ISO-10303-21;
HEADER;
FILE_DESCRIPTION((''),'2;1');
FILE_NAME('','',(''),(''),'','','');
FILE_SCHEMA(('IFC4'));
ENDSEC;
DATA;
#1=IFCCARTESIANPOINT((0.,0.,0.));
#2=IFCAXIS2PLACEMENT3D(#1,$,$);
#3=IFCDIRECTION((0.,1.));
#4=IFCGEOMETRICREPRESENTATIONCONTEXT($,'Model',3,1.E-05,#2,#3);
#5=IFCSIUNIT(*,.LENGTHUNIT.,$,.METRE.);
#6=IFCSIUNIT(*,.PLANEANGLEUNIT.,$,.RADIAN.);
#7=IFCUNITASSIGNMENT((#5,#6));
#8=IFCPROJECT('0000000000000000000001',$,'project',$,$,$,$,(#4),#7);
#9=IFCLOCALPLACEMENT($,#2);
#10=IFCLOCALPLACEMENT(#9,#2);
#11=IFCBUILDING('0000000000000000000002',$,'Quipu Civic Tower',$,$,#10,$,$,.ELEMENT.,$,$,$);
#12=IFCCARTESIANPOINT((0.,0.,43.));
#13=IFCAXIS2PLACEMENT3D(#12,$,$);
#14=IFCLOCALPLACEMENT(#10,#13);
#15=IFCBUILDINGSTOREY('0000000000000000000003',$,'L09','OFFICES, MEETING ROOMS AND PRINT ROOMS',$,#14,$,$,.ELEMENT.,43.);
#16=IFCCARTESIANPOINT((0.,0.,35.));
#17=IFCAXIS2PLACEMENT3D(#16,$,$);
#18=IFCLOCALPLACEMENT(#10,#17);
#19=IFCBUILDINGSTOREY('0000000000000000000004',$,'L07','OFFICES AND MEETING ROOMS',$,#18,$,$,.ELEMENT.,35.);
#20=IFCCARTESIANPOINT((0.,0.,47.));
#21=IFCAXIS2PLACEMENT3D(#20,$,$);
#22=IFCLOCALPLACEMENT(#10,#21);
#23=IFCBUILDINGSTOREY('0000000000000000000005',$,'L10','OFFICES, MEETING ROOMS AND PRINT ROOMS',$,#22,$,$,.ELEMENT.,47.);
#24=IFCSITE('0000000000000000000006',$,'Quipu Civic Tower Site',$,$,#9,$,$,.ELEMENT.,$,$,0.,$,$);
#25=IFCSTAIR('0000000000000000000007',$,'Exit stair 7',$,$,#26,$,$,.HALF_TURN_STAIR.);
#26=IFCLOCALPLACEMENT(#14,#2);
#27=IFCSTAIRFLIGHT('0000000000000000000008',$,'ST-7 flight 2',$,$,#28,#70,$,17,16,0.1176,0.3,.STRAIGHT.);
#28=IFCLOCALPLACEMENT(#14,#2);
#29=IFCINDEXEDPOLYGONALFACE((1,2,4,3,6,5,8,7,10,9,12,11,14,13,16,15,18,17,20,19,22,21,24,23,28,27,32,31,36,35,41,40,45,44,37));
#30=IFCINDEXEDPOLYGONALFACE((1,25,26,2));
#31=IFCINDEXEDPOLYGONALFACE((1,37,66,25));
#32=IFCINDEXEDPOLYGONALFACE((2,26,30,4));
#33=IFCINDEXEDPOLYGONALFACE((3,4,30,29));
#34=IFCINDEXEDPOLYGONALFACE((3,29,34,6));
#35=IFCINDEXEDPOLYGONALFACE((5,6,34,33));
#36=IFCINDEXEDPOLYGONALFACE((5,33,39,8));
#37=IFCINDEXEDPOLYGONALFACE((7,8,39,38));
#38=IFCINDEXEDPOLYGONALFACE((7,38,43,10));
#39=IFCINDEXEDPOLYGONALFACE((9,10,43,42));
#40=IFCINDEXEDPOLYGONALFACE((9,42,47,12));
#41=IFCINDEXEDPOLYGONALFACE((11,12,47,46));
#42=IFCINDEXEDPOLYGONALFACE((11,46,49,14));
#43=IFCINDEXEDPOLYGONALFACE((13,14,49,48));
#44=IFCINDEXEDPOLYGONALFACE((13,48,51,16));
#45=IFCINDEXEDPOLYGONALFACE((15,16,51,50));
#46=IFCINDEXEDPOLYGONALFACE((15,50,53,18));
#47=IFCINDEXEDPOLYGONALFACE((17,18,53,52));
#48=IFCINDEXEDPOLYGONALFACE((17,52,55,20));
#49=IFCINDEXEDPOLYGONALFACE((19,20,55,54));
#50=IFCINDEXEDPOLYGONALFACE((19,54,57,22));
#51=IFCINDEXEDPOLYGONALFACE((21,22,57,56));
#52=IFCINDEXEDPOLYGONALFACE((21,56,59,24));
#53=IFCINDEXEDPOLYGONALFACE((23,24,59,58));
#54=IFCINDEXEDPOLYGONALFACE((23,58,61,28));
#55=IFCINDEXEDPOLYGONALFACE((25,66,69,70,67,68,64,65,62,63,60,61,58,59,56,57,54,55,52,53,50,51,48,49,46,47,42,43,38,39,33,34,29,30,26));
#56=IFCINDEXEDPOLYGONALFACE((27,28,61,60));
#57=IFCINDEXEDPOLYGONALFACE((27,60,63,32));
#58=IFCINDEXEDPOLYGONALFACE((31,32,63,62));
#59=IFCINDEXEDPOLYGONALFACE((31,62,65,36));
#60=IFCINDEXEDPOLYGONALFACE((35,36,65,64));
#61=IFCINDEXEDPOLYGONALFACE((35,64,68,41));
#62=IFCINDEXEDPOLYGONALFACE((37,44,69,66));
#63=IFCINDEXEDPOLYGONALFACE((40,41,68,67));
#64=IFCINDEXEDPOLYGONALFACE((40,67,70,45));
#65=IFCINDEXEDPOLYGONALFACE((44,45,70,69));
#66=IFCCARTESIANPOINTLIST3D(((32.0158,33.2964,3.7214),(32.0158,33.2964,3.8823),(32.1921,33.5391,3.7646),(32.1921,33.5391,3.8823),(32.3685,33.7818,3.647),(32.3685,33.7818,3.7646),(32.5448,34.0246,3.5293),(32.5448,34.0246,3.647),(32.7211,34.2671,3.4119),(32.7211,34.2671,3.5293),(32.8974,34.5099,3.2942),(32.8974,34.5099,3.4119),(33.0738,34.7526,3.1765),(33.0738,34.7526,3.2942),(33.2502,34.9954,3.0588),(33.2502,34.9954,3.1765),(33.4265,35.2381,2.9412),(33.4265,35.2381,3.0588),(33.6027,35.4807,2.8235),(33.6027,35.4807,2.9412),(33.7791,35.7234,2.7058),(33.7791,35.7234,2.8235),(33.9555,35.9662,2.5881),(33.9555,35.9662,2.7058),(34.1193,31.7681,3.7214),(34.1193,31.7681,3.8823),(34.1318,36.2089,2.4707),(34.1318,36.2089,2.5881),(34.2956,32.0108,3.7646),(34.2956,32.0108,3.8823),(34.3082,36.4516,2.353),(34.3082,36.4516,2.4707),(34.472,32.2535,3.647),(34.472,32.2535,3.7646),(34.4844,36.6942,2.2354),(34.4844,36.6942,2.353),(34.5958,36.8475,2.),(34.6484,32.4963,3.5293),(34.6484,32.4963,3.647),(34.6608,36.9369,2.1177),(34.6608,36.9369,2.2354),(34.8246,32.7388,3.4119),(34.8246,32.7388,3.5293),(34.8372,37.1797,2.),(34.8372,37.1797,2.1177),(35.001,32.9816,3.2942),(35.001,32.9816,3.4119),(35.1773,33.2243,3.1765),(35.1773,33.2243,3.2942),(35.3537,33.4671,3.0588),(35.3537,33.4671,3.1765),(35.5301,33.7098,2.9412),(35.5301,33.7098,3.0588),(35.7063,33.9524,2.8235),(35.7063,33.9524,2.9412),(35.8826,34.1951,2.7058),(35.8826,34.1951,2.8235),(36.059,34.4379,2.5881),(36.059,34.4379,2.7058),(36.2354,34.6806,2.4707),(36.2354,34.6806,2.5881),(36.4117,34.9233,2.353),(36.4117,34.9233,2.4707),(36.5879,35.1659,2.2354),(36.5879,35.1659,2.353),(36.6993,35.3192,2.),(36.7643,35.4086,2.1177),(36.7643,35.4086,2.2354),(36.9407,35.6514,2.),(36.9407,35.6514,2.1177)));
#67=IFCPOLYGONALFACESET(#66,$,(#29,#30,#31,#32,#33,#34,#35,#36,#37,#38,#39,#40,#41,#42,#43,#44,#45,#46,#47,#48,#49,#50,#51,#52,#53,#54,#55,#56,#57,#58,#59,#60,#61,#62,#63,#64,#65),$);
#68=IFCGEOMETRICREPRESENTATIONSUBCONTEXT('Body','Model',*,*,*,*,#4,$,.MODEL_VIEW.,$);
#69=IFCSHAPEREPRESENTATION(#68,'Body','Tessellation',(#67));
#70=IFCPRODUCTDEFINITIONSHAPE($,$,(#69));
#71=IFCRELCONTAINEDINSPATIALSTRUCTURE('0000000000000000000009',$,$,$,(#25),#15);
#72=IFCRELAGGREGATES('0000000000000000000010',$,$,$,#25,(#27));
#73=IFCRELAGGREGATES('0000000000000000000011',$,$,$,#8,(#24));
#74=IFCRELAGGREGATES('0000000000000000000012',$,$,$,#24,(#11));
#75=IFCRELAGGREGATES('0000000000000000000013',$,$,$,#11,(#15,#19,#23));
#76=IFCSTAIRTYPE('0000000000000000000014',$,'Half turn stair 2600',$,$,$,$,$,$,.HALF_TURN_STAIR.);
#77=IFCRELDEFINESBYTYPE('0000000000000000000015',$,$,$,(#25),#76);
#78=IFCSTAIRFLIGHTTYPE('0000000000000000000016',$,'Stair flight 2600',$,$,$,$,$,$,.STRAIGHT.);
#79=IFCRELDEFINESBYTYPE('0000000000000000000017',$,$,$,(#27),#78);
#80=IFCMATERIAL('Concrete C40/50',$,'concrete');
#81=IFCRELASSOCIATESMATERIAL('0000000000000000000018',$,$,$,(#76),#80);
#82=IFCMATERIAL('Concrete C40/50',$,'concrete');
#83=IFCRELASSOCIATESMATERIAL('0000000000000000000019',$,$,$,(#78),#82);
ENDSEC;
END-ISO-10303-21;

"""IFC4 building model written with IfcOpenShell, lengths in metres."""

from ifc_helpers import new_model, si_unit, direction, frame, origin, place, context, subcontext, project, spatial, polyline, outline, extrude, material, type_object, element, aggregate, save


model = new_model("IFC4")

# Units and contexts
model_context = context("Model", 3, precision=1e-05, world=origin(), true_north=direction((0.0, 1.0)))
body_context = subcontext(model_context, "Body", "Model", "MODEL_VIEW")
ifc_project = project(units=[si_unit("LENGTHUNIT", "METRE"), si_unit("PLANEANGLEUNIT", "RADIAN")], contexts=[model_context])

# Site, building, storey
site_placement = place(None, origin())
site = spatial("IfcSite", under=ifc_project, at=site_placement, Name="Quipu Civic Tower Site", CompositionType="ELEMENT", RefElevation=0.0)
building_placement = place(site_placement, origin())
building = spatial("IfcBuilding", under=site, at=building_placement, Name="Quipu Civic Tower", CompositionType="ELEMENT")
storey_1_placement = place(building_placement, frame((0.0, 0.0, 43.0)))
storey_1 = spatial("IfcBuildingStorey", under=building, at=storey_1_placement, Name="L09", Description="OFFICES, MEETING ROOMS AND PRINT ROOMS", CompositionType="ELEMENT", Elevation=43.0)

# Shared definitions
storey_2_placement = place(building_placement, frame((0.0, 0.0, 35.0)))
storey_2 = spatial("IfcBuildingStorey", under=building, at=storey_2_placement, Name="L07", Description="OFFICES AND MEETING ROOMS", CompositionType="ELEMENT", Elevation=35.0)

# Shared definitions
storey_3_placement = place(building_placement, frame((0.0, 0.0, 47.0)))
storey_3 = spatial("IfcBuildingStorey", under=building, at=storey_3_placement, Name="L10", Description="OFFICES, MEETING ROOMS AND PRINT ROOMS", CompositionType="ELEMENT", Elevation=47.0)

# Stair, stair flight
ifc_material_1 = material(Name="Concrete C40/50", Category="concrete")
stair_type = type_object("IfcStairType", Name="Half turn stair 2600", PredefinedType="HALF_TURN_STAIR", material=ifc_material_1)
stair_placement = place(storey_1_placement, origin())
stair = element("IfcStair", 1, at=stair_placement, inside=storey_1, type_object=stair_type, Name="Exit stair 7", PredefinedType="HALF_TURN_STAIR")
ifc_material_2 = material(Name="Concrete C40/50", Category="concrete")
stair_flight_type = type_object("IfcStairFlightType", Name="Stair flight 2600", PredefinedType="STRAIGHT", material=ifc_material_2)
stair_flight_1_placement = place(storey_1_placement, frame((35.8889, 36.4155, 2.0), z_axis=(0.0, 0.0, 1.0), x_axis=(-0.587785, -0.809017, 0.0)))
stair_flight_1 = element("IfcStairFlight", 2, at=stair_flight_1_placement, type_object=stair_flight_type, Name="ST-7 flight 2", NumberOfRisers=17, NumberOfTreads=16, PredefinedType="STRAIGHT", RiserHeight=0.1176, TreadLength=0.3, context=body_context, shape_type="SweptSolid", body=[
    extrude(outline(polyline([(0.0, 0.0), (0.0, 0.1177), (0.3, 0.1177), (0.3, 0.2354), (0.6001, 0.2354), (0.6001, 0.353), (0.8999, 0.353), (0.8999, 0.4707), (1.2, 0.4707), (1.2, 0.5881), (1.5, 0.5881), (1.5, 0.7058), (1.8, 0.7058), (1.8, 0.8235), (2.1001, 0.8235), (2.1001, 0.9412), (2.3999, 0.9412), (2.3999, 1.0588), (2.7, 1.0588), (2.7, 1.1765), (3.0, 1.1765), (3.0, 1.2942), (3.3, 1.2942), (3.3, 1.4119), (3.6001, 1.4119), (3.6001, 1.5293), (3.8999, 1.5293), (3.8999, 1.647), (4.2, 1.647), (4.2, 1.7646), (4.5, 1.7646), (4.5, 1.8823), (4.8, 1.8823), (4.8, 2.0), (4.8, 1.7214), (0.4106, 0.0), (0.0, 0.0)])), frame((0.0, 1.3, 0.0), z_axis=(0.0, -1.0, 0.0), x_axis=(1.0, 0.0, 0.0)), (0.0, 0.0, 1.0), 2.6001),
])
aggregate(stair, [stair_flight_1])

save(model, "model.ifc")
